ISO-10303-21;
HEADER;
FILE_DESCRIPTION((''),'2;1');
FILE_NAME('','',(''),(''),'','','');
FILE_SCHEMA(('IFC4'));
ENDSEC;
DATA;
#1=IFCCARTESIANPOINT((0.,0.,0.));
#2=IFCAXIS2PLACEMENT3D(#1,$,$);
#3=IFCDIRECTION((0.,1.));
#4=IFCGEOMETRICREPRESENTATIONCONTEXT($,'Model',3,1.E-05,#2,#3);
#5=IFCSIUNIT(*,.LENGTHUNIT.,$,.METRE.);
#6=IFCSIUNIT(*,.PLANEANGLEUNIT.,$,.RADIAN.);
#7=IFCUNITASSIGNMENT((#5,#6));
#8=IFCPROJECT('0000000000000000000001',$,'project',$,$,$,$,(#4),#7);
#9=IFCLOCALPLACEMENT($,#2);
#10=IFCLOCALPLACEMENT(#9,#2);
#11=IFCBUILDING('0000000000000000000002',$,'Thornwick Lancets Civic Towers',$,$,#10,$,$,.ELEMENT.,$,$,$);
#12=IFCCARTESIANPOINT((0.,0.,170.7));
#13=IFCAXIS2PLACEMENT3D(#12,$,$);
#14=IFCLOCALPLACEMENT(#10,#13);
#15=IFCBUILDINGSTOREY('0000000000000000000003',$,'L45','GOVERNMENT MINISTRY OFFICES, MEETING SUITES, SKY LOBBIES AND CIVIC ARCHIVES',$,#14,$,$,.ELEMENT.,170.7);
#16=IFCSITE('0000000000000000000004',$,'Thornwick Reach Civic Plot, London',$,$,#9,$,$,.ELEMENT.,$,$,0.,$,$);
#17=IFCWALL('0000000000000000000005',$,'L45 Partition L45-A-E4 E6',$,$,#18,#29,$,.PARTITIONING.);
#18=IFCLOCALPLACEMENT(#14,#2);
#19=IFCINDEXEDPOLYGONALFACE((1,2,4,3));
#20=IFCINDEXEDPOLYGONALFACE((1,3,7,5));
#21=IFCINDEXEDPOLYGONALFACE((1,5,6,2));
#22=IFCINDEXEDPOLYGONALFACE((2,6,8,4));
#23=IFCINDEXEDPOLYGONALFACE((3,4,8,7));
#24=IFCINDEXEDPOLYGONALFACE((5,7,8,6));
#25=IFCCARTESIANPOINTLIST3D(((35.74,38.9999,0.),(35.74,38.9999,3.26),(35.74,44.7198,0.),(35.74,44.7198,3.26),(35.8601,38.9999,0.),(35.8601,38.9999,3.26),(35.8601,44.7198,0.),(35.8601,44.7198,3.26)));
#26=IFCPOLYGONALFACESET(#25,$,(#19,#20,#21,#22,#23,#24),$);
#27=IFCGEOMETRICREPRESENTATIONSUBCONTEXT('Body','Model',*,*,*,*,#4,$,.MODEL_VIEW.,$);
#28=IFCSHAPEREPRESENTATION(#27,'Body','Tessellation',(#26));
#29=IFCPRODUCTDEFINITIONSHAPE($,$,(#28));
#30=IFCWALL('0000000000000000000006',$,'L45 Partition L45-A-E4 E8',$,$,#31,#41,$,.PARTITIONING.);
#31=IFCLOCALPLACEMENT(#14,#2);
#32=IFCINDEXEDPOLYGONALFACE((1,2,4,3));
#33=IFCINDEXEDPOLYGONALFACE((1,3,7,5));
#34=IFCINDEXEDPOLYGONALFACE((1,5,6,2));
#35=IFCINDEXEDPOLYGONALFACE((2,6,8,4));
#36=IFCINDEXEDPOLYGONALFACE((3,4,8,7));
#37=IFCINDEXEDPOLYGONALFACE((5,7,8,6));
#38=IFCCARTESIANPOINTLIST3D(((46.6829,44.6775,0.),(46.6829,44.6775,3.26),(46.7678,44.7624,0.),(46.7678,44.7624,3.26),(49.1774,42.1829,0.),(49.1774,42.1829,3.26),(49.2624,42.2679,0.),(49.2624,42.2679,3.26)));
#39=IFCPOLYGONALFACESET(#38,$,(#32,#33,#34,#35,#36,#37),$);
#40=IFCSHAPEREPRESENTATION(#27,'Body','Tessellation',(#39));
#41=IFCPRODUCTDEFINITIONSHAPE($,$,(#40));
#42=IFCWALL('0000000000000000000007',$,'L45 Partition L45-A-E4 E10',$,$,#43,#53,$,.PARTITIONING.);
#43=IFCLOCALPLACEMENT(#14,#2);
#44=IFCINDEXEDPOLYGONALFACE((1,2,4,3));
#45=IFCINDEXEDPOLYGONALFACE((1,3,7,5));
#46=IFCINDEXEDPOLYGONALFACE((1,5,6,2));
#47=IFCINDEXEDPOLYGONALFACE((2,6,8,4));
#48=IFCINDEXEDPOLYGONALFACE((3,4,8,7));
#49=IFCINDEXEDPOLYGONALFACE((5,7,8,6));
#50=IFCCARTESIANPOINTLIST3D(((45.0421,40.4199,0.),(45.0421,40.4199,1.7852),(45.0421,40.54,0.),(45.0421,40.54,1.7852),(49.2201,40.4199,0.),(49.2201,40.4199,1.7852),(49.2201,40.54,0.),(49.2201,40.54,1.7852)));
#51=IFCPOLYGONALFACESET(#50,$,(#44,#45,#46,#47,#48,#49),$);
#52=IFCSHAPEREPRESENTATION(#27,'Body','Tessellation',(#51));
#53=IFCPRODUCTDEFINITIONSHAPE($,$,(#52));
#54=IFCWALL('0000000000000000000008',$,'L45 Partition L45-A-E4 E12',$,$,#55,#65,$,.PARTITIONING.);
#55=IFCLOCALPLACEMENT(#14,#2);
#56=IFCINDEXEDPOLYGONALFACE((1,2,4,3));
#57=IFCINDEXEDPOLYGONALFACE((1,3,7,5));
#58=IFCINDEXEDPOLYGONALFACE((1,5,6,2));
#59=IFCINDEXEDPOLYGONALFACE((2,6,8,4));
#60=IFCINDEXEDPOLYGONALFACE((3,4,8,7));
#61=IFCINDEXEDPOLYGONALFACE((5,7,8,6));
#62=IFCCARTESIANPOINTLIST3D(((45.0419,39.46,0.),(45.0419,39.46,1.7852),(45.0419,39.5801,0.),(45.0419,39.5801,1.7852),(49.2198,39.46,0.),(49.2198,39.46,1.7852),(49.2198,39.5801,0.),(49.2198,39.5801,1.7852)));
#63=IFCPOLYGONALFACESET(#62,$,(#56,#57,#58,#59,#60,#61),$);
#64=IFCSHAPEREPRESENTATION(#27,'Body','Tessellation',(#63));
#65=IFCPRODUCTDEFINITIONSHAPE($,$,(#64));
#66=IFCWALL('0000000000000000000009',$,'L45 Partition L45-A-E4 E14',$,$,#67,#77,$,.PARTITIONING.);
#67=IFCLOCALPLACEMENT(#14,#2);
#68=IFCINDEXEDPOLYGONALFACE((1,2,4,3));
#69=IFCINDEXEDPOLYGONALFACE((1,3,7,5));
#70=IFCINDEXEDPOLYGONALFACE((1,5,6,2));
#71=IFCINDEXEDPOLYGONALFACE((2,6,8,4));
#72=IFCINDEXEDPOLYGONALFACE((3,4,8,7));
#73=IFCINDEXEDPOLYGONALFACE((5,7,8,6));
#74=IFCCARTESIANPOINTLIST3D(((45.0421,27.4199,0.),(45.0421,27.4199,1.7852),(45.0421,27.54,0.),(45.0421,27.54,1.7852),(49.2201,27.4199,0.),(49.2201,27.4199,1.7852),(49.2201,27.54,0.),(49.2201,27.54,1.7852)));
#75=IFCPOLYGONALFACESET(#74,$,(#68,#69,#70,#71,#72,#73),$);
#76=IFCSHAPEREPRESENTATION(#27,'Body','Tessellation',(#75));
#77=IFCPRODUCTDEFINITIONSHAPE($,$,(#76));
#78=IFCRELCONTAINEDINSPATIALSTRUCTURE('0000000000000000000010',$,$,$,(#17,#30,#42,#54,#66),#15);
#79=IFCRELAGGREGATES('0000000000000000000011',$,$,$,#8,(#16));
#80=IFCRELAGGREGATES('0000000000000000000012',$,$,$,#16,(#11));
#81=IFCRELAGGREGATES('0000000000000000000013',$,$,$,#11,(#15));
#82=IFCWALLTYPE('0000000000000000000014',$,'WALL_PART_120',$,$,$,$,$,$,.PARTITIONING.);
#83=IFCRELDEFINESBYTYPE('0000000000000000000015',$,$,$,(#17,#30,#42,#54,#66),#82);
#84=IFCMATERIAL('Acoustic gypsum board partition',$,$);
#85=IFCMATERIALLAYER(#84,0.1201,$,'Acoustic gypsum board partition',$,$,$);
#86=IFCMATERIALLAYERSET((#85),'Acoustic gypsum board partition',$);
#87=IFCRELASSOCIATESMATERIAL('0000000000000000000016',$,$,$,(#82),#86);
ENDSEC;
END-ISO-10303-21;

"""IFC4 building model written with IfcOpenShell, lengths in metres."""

from ifc_helpers import new_model, si_unit, direction, frame, frame_2d, origin, place, context, subcontext, project, spatial, rectangle, extrude, material, layer, layer_set, type_object, element, save


model = new_model("IFC4")

# Units and contexts
model_context = context("Model", 3, precision=1e-05, world=origin(), true_north=direction((0.0, 1.0)))
body_context = subcontext(model_context, "Body", "Model", "MODEL_VIEW")
ifc_project = project(units=[si_unit("LENGTHUNIT", "METRE"), si_unit("PLANEANGLEUNIT", "RADIAN")], contexts=[model_context])

# Site, building, storey
site_placement = place(None, origin())
site = spatial("IfcSite", under=ifc_project, at=site_placement, Name="Thornwick Reach Civic Plot, London", CompositionType="ELEMENT", RefElevation=0.0)
building_placement = place(site_placement, origin())
building = spatial("IfcBuilding", under=site, at=building_placement, Name="Thornwick Lancets Civic Towers", CompositionType="ELEMENT")
storey_placement = place(building_placement, frame((0.0, 0.0, 170.7)))
storey = spatial("IfcBuildingStorey", under=building, at=storey_placement, Name="L45", Description="GOVERNMENT MINISTRY OFFICES, MEETING SUITES, SKY LOBBIES AND CIVIC ARCHIVES", CompositionType="ELEMENT", Elevation=170.7)

# Walls
ifc_material_1 = material(Name="Acoustic gypsum board partition")
ifc_layer_1 = layer(ifc_material_1, 0.1201, Name="Acoustic gypsum board partition")
ifc_layer_set_1 = layer_set([ifc_layer_1], Name="Acoustic gypsum board partition")
wall_type_1 = type_object("IfcWallType", Name="WALL_PART_120", PredefinedType="PARTITIONING", material=ifc_layer_set_1)
wall_1_placement = place(storey_placement, frame((35.8, 39.0, 0.0), z_axis=(0.0, 0.0, 1.0), x_axis=(0.0, 1.0, 0.0)))
element("IfcWall", 1, at=wall_1_placement, inside=storey, type_object=wall_type_1, Name="L45 Partition L45-A-E4 E6", PredefinedType="PARTITIONING", context=body_context, shape_type="SweptSolid", body=[
    extrude(rectangle(XDim=5.72, YDim=0.1201, at=frame_2d((2.8599, 0.0))), origin(), (0.0, 0.0, 1.0), 3.26),
])
wall_2_placement = place(storey_placement, frame((46.7253, 44.72, 0.0), z_axis=(0.0, 0.0, 1.0), x_axis=(0.707107, -0.707107, 0.0)))
element("IfcWall", 2, at=wall_2_placement, inside=storey, type_object=wall_type_1, Name="L45 Partition L45-A-E4 E8", PredefinedType="PARTITIONING", context=body_context, shape_type="SweptSolid", body=[
    extrude(rectangle(XDim=3.5278, YDim=0.1201, at=frame_2d((1.7639, 0.0))), origin(), (0.0, 0.0, 1.0), 3.26),
])
for number, where, z_axis, x_axis, name in (
    (3, (49.22, 40.48, 0.0), (0.0, 0.0, 1.0), (-1.0, 0.0, 0.0), "L45 Partition L45-A-E4 E10"),
    (4, (45.042, 39.52, 0.0), (0.0, 0.0, 1.0), (1.0, 0.0, 0.0), "L45 Partition L45-A-E4 E12"),
    (5, (49.22, 27.48, 0.0), (0.0, 0.0, 1.0), (-1.0, 0.0, 0.0), "L45 Partition L45-A-E4 E14"),
):
    element("IfcWall", number, at=place(storey_placement, frame(where, z_axis=z_axis, x_axis=x_axis)), inside=storey, type_object=wall_type_1, Name=name, PredefinedType="PARTITIONING", context=body_context, shape_type="SweptSolid", body=[
        extrude(rectangle(XDim=4.178, YDim=0.1201, at=frame_2d((2.0889, 0.0))), origin(), (0.0, 0.0, 1.0), 1.7852),
    ])

save(model, "model.ifc")
